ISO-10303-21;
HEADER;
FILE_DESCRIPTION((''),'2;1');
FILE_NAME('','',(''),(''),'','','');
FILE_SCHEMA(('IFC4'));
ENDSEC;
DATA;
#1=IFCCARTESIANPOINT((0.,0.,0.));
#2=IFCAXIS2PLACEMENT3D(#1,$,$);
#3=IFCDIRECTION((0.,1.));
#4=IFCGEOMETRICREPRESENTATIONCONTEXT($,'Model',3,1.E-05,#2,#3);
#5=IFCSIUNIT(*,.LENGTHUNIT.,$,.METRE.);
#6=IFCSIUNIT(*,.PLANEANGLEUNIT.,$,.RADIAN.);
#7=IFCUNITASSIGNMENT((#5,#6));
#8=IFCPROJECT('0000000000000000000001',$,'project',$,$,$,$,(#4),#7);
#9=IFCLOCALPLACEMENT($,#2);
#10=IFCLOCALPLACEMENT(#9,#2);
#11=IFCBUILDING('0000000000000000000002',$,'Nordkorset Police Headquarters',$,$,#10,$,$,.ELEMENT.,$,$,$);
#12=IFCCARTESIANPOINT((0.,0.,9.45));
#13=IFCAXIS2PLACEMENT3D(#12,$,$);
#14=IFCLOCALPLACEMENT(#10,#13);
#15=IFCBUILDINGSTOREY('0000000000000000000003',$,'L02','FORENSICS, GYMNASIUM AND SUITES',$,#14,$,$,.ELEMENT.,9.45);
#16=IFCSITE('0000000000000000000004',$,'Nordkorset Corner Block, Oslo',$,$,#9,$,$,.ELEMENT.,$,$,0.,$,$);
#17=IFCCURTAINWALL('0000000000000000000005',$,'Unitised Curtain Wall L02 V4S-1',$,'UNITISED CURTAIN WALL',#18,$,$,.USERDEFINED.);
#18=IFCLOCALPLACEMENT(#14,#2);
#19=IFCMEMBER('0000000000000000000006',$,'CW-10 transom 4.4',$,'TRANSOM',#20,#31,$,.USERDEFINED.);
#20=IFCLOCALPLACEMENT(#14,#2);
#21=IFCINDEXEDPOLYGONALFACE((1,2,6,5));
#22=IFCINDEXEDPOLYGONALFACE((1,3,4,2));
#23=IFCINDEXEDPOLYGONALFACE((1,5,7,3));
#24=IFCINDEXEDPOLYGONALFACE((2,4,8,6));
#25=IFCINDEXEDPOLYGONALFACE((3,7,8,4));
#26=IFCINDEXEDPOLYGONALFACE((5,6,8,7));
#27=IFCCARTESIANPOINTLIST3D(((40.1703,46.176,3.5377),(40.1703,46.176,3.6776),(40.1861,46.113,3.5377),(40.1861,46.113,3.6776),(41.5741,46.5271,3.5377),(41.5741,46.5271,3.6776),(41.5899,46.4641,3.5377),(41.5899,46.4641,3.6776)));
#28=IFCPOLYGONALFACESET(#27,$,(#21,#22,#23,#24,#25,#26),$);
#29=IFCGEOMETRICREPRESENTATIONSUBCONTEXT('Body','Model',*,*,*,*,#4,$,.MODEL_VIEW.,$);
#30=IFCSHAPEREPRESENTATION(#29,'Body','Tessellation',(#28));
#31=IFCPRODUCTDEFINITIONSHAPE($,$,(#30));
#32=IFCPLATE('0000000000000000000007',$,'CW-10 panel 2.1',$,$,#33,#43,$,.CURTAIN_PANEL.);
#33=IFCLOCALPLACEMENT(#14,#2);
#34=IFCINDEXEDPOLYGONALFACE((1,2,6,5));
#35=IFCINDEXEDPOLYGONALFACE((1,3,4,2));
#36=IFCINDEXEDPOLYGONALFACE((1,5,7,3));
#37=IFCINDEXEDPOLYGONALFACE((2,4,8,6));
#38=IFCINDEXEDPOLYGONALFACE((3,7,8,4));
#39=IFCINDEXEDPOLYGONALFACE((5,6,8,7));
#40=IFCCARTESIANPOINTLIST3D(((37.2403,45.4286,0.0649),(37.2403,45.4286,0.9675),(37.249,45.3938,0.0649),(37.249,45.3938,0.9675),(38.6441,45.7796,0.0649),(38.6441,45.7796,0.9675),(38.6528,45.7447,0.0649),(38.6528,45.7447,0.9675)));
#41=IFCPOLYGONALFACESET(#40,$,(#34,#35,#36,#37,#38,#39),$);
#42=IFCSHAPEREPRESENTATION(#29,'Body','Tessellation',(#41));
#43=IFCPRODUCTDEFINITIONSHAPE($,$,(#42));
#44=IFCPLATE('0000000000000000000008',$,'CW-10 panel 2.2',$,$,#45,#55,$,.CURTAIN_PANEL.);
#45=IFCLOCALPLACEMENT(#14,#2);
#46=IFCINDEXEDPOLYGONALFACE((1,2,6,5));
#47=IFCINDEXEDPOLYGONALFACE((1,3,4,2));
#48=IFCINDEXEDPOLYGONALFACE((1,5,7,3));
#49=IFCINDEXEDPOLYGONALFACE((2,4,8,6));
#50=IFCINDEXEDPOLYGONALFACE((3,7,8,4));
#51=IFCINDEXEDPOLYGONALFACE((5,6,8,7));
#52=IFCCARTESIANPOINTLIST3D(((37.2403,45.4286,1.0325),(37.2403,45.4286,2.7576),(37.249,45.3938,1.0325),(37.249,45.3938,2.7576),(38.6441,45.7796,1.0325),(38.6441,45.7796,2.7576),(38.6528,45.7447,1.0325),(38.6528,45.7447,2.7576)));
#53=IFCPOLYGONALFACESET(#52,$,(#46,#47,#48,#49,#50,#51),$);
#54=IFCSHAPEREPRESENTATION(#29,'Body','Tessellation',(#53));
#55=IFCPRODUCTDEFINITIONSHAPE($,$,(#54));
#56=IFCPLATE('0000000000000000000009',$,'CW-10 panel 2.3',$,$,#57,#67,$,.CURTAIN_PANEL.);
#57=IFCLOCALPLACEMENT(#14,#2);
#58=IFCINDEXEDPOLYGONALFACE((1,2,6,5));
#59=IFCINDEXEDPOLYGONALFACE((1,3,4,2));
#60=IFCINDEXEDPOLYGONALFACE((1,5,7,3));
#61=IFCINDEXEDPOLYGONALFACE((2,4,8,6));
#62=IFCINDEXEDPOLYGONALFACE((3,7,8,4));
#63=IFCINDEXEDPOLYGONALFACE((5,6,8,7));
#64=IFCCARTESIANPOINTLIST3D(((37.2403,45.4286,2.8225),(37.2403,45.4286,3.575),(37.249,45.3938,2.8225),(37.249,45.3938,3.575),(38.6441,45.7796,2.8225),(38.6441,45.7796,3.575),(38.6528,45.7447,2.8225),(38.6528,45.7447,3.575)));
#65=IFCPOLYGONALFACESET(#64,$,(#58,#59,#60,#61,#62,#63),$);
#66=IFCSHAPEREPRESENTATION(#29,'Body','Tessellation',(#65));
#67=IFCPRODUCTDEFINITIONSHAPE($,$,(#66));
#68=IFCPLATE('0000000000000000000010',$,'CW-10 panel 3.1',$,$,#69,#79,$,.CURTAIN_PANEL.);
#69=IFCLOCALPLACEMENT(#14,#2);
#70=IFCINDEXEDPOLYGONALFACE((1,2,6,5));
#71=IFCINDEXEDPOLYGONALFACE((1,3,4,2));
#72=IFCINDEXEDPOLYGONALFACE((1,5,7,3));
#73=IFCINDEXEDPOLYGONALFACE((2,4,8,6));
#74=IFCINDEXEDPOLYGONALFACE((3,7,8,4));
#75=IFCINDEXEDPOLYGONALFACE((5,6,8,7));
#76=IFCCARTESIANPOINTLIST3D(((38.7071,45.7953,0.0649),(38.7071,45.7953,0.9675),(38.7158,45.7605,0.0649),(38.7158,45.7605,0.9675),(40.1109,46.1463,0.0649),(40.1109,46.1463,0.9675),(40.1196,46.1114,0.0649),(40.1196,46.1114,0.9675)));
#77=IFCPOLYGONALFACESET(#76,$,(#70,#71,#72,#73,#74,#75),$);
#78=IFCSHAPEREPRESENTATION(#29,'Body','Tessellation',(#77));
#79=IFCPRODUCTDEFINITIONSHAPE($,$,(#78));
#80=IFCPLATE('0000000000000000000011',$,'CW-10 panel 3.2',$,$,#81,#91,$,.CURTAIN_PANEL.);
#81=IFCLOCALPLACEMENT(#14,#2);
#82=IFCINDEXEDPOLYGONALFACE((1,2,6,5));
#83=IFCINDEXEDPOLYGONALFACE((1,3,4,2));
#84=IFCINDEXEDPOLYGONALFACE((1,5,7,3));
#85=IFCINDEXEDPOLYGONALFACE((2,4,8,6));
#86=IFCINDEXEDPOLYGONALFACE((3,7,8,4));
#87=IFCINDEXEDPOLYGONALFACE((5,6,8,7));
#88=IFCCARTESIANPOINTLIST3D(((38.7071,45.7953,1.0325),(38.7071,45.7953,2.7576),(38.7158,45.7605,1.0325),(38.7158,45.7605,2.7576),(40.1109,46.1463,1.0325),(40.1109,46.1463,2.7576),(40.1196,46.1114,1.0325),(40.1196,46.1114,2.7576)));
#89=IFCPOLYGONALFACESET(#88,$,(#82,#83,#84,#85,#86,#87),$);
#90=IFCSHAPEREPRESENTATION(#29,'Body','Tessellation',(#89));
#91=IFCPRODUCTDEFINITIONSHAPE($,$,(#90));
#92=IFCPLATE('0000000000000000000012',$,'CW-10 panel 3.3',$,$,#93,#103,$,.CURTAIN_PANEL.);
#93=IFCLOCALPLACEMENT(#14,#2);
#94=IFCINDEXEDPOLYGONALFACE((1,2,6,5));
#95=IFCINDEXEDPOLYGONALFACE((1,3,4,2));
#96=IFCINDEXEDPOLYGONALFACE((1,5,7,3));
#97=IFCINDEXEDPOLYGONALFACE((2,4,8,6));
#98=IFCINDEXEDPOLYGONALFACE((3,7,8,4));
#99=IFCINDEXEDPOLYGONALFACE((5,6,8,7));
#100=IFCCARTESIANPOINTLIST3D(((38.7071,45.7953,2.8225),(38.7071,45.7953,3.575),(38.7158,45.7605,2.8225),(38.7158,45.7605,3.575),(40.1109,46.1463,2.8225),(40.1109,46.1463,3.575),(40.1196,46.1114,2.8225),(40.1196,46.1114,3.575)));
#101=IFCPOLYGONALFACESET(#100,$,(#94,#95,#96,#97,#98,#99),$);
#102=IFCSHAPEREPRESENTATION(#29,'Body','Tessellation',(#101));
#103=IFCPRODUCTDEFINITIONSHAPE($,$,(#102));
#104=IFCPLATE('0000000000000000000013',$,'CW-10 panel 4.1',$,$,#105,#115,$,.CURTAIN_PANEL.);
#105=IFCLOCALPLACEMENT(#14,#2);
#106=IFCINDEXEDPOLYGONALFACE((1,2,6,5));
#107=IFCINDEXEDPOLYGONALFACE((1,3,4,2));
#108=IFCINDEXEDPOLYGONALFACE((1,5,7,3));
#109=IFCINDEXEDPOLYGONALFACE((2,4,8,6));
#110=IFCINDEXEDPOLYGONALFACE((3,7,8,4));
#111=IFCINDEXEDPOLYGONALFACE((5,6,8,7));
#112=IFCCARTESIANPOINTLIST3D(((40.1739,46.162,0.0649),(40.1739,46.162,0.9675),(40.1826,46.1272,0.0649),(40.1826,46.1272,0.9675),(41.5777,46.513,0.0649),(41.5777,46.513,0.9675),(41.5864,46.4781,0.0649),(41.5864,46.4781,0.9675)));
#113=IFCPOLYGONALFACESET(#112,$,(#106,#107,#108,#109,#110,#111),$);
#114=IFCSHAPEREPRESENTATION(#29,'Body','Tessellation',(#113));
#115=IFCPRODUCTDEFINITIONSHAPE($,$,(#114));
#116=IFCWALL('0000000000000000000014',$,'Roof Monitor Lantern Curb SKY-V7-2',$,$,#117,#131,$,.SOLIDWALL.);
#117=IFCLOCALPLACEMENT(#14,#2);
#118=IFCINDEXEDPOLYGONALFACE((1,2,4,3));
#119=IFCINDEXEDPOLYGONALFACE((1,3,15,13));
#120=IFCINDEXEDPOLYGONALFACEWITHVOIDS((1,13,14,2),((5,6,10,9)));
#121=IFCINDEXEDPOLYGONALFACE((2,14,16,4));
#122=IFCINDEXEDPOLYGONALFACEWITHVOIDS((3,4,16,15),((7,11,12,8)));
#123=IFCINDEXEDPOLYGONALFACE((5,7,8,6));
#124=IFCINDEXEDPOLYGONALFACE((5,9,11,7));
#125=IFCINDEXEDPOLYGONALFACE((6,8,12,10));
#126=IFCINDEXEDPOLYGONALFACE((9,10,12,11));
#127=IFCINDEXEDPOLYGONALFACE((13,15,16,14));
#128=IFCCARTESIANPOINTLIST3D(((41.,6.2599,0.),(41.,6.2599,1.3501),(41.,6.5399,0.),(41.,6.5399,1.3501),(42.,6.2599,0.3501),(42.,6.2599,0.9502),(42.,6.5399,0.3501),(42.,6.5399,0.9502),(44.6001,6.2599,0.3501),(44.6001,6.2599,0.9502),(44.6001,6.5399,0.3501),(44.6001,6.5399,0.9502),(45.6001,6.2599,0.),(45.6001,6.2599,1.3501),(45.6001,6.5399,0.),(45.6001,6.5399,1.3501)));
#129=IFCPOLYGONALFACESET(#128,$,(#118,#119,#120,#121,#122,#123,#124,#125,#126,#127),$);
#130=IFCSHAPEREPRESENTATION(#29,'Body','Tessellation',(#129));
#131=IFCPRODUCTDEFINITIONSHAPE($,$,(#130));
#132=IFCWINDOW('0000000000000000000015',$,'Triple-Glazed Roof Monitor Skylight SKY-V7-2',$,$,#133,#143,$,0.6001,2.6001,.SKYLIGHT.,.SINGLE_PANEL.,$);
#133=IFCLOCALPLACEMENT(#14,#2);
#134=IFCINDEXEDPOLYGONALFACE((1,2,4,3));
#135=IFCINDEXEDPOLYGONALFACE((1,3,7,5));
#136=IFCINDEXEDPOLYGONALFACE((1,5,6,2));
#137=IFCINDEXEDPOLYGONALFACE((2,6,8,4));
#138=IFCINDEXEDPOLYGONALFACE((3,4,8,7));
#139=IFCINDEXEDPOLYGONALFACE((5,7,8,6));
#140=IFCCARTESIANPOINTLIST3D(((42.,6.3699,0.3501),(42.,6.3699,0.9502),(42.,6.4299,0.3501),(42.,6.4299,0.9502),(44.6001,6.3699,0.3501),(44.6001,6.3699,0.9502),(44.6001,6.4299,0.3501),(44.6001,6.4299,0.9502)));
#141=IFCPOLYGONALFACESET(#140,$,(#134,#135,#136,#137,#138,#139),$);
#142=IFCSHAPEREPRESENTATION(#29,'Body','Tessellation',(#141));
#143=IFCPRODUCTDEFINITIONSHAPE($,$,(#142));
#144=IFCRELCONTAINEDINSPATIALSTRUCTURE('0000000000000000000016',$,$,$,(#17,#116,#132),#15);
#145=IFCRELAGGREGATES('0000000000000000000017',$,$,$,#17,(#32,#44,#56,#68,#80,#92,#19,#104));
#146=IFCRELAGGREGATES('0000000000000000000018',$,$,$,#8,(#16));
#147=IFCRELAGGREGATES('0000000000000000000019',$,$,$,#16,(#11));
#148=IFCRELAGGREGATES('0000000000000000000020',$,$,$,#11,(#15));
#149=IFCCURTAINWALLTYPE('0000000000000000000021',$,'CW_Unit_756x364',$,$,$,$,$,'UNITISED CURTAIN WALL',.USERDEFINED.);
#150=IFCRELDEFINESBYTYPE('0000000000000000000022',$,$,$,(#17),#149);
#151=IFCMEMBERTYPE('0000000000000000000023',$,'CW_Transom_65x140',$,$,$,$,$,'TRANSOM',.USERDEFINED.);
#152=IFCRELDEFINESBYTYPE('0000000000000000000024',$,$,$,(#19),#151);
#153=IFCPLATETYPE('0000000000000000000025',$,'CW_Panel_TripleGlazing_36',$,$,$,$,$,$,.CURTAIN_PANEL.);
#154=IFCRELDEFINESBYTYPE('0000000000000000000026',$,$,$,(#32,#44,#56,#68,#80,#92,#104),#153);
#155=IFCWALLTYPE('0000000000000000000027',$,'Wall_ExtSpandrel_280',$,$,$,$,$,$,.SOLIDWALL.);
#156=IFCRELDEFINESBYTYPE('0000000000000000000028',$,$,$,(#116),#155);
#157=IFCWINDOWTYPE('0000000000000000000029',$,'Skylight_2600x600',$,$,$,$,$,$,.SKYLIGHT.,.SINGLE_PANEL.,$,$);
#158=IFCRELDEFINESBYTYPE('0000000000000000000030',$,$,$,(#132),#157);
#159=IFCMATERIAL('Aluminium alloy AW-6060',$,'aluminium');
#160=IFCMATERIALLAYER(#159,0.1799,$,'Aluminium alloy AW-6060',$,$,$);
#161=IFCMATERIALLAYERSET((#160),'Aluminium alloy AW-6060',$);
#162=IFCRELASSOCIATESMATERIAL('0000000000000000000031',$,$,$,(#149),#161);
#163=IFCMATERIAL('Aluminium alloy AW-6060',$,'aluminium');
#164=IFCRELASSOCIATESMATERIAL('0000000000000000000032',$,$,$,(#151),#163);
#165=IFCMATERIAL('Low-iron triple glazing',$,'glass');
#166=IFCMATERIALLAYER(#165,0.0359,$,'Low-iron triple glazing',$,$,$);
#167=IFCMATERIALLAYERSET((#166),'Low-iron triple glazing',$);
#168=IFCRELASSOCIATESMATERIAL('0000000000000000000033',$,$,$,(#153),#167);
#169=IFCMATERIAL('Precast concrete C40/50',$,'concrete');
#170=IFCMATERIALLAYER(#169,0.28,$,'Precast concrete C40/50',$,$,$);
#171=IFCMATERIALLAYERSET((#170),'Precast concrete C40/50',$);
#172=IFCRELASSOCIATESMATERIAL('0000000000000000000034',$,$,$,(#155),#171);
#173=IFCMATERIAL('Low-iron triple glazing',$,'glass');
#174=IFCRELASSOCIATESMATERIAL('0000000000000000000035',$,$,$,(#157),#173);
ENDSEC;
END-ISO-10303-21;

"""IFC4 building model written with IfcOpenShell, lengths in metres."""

from ifc_helpers import new_model, si_unit, direction, frame, frame_2d, origin, origin_2d, place, context, subcontext, project, spatial, rectangle, extrude, material, layer, layer_set, material_profile, profile_set, type_object, element, fill, aggregate, save


model = new_model("IFC4")

# Units and contexts
model_context = context("Model", 3, precision=1e-05, world=origin(), true_north=direction((0.0, 1.0)))
body_context = subcontext(model_context, "Body", "Model", "MODEL_VIEW")
ifc_project = project(units=[si_unit("LENGTHUNIT", "METRE"), si_unit("PLANEANGLEUNIT", "RADIAN")], contexts=[model_context])

# Site, building, storey
site_placement = place(None, origin())
site = spatial("IfcSite", under=ifc_project, at=site_placement, Name="Nordkorset Corner Block, Oslo", CompositionType="ELEMENT", RefElevation=0.0)
building_placement = place(site_placement, origin())
building = spatial("IfcBuilding", under=site, at=building_placement, Name="Nordkorset Police Headquarters", CompositionType="ELEMENT")
storey_placement = place(building_placement, frame((0.0, 0.0, 9.45)))
storey = spatial("IfcBuildingStorey", under=building, at=storey_placement, Name="L02", Description="FORENSICS, GYMNASIUM AND SUITES", CompositionType="ELEMENT", Elevation=9.45)

# Curtain wall, member, plates
ifc_material_1 = material(Name="Aluminium alloy AW-6060", Category="aluminium")
ifc_layer_1 = layer(ifc_material_1, 0.1799, Name="Aluminium alloy AW-6060")
ifc_layer_set_1 = layer_set([ifc_layer_1], Name="Aluminium alloy AW-6060")
curtain_wall_type = type_object("IfcCurtainWallType", Name="CW_Unit_756x364", ElementType="UNITISED CURTAIN WALL", PredefinedType="USERDEFINED", material=ifc_layer_set_1)
curtain_wall_placement = place(storey_placement, origin())
curtain_wall = element("IfcCurtainWall", 1, at=curtain_wall_placement, inside=storey, type_object=curtain_wall_type, Name="Unitised Curtain Wall L02 V4S-1", ObjectType="UNITISED CURTAIN WALL", PredefinedType="USERDEFINED")
ifc_material_2 = material(Name="Aluminium alloy AW-6060", Category="aluminium")
ifc_material_profile_1 = material_profile(ifc_material_2, rectangle(XDim=0.0649, YDim=0.1399, at=origin_2d()), Name="ALU TRAN 65x140")
ifc_profile_set_1 = profile_set([ifc_material_profile_1], Name="Aluminium alloy AW-6060")
member_type_1 = type_object("IfcMemberType", Name="CW_Transom_65x140", ElementType="TRANSOM", PredefinedType="USERDEFINED", material=ifc_profile_set_1)
member_1_placement = place(storey_placement, frame((40.1782, 46.1445, 3.6077), z_axis=(0.970123, 0.242615, 0.0), x_axis=(-0.242615, 0.970123, 0.0)))
member_1 = element("IfcMember", 2, at=member_1_placement, type_object=member_type_1, Name="CW-10 transom 4.4", ObjectType="TRANSOM", PredefinedType="USERDEFINED", context=body_context, shape_type="SweptSolid", body=[
    extrude(rectangle(XDim=0.0649, YDim=0.1399, at=origin_2d()), origin(), (0.0, 0.0, 1.0), 1.447),
])
ifc_material_3 = material(Name="Low-iron triple glazing", Category="glass")
ifc_layer_2 = layer(ifc_material_3, 0.0359, Name="Low-iron triple glazing")
ifc_layer_set_2 = layer_set([ifc_layer_2], Name="Low-iron triple glazing")
plate_type = type_object("IfcPlateType", Name="CW_Panel_TripleGlazing_36", PredefinedType="CURTAIN_PANEL", material=ifc_layer_set_2)
plate_1_placement = place(storey_placement, frame((37.9465, 45.5867, 0.0649), z_axis=(0.0, 0.0, 1.0), x_axis=(0.970143, 0.242536, 0.0)))
plate_1 = element("IfcPlate", 3, at=plate_1_placement, type_object=plate_type, Name="CW-10 panel 2.1", PredefinedType="CURTAIN_PANEL", context=body_context, shape_type="SweptSolid", body=[
    extrude(rectangle(XDim=1.447, YDim=0.0359, at=origin_2d()), origin(), (0.0, 0.0, 1.0), 0.9026),
])
plate_2_placement = place(storey_placement, frame((37.9465, 45.5867, 1.0325), z_axis=(0.0, 0.0, 1.0), x_axis=(0.970143, 0.242536, 0.0)))
plate_2 = element("IfcPlate", 4, at=plate_2_placement, type_object=plate_type, Name="CW-10 panel 2.2", PredefinedType="CURTAIN_PANEL", context=body_context, shape_type="SweptSolid", body=[
    extrude(rectangle(XDim=1.447, YDim=0.0359, at=origin_2d()), origin(), (0.0, 0.0, 1.0), 1.7251),
])
plate_3_placement = place(storey_placement, frame((37.9465, 45.5867, 2.8225), z_axis=(0.0, 0.0, 1.0), x_axis=(0.970143, 0.242536, 0.0)))
plate_3 = element("IfcPlate", 5, at=plate_3_placement, type_object=plate_type, Name="CW-10 panel 2.3", PredefinedType="CURTAIN_PANEL", context=body_context, shape_type="SweptSolid", body=[
    extrude(rectangle(XDim=1.447, YDim=0.0359, at=origin_2d()), origin(), (0.0, 0.0, 1.0), 0.7524),
])
plate_4_placement = place(storey_placement, frame((39.4133, 45.9534, 0.0649), z_axis=(0.0, 0.0, 1.0), x_axis=(0.970143, 0.242536, 0.0)))
plate_4 = element("IfcPlate", 6, at=plate_4_placement, type_object=plate_type, Name="CW-10 panel 3.1", PredefinedType="CURTAIN_PANEL", context=body_context, shape_type="SweptSolid", body=[
    extrude(rectangle(XDim=1.447, YDim=0.0359, at=origin_2d()), origin(), (0.0, 0.0, 1.0), 0.9026),
])
plate_5_placement = place(storey_placement, frame((39.4133, 45.9534, 1.0325), z_axis=(0.0, 0.0, 1.0), x_axis=(0.970143, 0.242536, 0.0)))
plate_5 = element("IfcPlate", 7, at=plate_5_placement, type_object=plate_type, Name="CW-10 panel 3.2", PredefinedType="CURTAIN_PANEL", context=body_context, shape_type="SweptSolid", body=[
    extrude(rectangle(XDim=1.447, YDim=0.0359, at=origin_2d()), origin(), (0.0, 0.0, 1.0), 1.7251),
])
plate_6_placement = place(storey_placement, frame((39.4133, 45.9534, 2.8225), z_axis=(0.0, 0.0, 1.0), x_axis=(0.970143, 0.242536, 0.0)))
plate_6 = element("IfcPlate", 8, at=plate_6_placement, type_object=plate_type, Name="CW-10 panel 3.3", PredefinedType="CURTAIN_PANEL", context=body_context, shape_type="SweptSolid", body=[
    extrude(rectangle(XDim=1.447, YDim=0.0359, at=origin_2d()), origin(), (0.0, 0.0, 1.0), 0.7524),
])
plate_7_placement = place(storey_placement, frame((40.8801, 46.3201, 0.0649), z_axis=(0.0, 0.0, 1.0), x_axis=(0.970143, 0.242536, 0.0)))
plate_7 = element("IfcPlate", 9, at=plate_7_placement, type_object=plate_type, Name="CW-10 panel 4.1", PredefinedType="CURTAIN_PANEL", context=body_context, shape_type="SweptSolid", body=[
    extrude(rectangle(XDim=1.447, YDim=0.0359, at=origin_2d()), origin(), (0.0, 0.0, 1.0), 0.9026),
])
aggregate(curtain_wall, [plate_1, plate_2, plate_3, plate_4, plate_5, plate_6, member_1, plate_7])

# Wall, opening, window
ifc_material_4 = material(Name="Precast concrete C40/50", Category="concrete")
ifc_layer_3 = layer(ifc_material_4, 0.28, Name="Precast concrete C40/50")
ifc_layer_set_3 = layer_set([ifc_layer_3], Name="Precast concrete C40/50")
wall_type = type_object("IfcWallType", Name="Wall_ExtSpandrel_280", PredefinedType="SOLIDWALL", material=ifc_layer_set_3)
wall_placement = place(storey_placement, frame((41.0, 6.3999, 0.0), z_axis=(0.0, 0.0, 1.0), x_axis=(1.0, 0.0, 0.0)))
wall = element("IfcWall", 10, at=wall_placement, inside=storey, type_object=wall_type, Name="Roof Monitor Lantern Curb SKY-V7-2", PredefinedType="SOLIDWALL", context=body_context, shape_type="SweptSolid", body=[
    extrude(rectangle(XDim=4.6001, YDim=0.28, at=frame_2d((2.3, 0.0))), origin(), (0.0, 0.0, 1.0), 1.3501),
])
opening_placement = place(wall_placement, frame((1.0, 0.0, 0.3501)))
opening = element("IfcOpeningElement", 11, at=opening_placement, cuts=wall, PredefinedType="OPENING", context=body_context, shape_type="SweptSolid", body=[
    extrude(rectangle(XDim=2.6001, YDim=0.6001, at=frame_2d((1.3, 0.3))), frame((0.0, 0.1499, 0.0), z_axis=(0.0, -1.0, 0.0), x_axis=(1.0, 0.0, 0.0)), (0.0, 0.0, 1.0), 0.3),
])
ifc_material_5 = material(Name="Low-iron triple glazing", Category="glass")
window_type = type_object("IfcWindowType", Name="Skylight_2600x600", PartitioningType="SINGLE_PANEL", PredefinedType="SKYLIGHT", material=ifc_material_5)
window_placement = place(opening_placement, origin())
window = element("IfcWindow", 12, at=window_placement, inside=storey, type_object=window_type, Name="Triple-Glazed Roof Monitor Skylight SKY-V7-2", OverallHeight=0.6001, OverallWidth=2.6001, PartitioningType="SINGLE_PANEL", PredefinedType="SKYLIGHT", context=body_context, shape_type="SweptSolid", body=[
    extrude(rectangle(XDim=2.6001, YDim=0.6001, at=frame_2d((1.3, 0.3))), frame((0.0, 0.03, 0.0), z_axis=(0.0, -1.0, 0.0), x_axis=(1.0, 0.0, 0.0)), (0.0, 0.0, 1.0), 0.0601),
])
fill(opening, window)

save(model, "model.ifc")
